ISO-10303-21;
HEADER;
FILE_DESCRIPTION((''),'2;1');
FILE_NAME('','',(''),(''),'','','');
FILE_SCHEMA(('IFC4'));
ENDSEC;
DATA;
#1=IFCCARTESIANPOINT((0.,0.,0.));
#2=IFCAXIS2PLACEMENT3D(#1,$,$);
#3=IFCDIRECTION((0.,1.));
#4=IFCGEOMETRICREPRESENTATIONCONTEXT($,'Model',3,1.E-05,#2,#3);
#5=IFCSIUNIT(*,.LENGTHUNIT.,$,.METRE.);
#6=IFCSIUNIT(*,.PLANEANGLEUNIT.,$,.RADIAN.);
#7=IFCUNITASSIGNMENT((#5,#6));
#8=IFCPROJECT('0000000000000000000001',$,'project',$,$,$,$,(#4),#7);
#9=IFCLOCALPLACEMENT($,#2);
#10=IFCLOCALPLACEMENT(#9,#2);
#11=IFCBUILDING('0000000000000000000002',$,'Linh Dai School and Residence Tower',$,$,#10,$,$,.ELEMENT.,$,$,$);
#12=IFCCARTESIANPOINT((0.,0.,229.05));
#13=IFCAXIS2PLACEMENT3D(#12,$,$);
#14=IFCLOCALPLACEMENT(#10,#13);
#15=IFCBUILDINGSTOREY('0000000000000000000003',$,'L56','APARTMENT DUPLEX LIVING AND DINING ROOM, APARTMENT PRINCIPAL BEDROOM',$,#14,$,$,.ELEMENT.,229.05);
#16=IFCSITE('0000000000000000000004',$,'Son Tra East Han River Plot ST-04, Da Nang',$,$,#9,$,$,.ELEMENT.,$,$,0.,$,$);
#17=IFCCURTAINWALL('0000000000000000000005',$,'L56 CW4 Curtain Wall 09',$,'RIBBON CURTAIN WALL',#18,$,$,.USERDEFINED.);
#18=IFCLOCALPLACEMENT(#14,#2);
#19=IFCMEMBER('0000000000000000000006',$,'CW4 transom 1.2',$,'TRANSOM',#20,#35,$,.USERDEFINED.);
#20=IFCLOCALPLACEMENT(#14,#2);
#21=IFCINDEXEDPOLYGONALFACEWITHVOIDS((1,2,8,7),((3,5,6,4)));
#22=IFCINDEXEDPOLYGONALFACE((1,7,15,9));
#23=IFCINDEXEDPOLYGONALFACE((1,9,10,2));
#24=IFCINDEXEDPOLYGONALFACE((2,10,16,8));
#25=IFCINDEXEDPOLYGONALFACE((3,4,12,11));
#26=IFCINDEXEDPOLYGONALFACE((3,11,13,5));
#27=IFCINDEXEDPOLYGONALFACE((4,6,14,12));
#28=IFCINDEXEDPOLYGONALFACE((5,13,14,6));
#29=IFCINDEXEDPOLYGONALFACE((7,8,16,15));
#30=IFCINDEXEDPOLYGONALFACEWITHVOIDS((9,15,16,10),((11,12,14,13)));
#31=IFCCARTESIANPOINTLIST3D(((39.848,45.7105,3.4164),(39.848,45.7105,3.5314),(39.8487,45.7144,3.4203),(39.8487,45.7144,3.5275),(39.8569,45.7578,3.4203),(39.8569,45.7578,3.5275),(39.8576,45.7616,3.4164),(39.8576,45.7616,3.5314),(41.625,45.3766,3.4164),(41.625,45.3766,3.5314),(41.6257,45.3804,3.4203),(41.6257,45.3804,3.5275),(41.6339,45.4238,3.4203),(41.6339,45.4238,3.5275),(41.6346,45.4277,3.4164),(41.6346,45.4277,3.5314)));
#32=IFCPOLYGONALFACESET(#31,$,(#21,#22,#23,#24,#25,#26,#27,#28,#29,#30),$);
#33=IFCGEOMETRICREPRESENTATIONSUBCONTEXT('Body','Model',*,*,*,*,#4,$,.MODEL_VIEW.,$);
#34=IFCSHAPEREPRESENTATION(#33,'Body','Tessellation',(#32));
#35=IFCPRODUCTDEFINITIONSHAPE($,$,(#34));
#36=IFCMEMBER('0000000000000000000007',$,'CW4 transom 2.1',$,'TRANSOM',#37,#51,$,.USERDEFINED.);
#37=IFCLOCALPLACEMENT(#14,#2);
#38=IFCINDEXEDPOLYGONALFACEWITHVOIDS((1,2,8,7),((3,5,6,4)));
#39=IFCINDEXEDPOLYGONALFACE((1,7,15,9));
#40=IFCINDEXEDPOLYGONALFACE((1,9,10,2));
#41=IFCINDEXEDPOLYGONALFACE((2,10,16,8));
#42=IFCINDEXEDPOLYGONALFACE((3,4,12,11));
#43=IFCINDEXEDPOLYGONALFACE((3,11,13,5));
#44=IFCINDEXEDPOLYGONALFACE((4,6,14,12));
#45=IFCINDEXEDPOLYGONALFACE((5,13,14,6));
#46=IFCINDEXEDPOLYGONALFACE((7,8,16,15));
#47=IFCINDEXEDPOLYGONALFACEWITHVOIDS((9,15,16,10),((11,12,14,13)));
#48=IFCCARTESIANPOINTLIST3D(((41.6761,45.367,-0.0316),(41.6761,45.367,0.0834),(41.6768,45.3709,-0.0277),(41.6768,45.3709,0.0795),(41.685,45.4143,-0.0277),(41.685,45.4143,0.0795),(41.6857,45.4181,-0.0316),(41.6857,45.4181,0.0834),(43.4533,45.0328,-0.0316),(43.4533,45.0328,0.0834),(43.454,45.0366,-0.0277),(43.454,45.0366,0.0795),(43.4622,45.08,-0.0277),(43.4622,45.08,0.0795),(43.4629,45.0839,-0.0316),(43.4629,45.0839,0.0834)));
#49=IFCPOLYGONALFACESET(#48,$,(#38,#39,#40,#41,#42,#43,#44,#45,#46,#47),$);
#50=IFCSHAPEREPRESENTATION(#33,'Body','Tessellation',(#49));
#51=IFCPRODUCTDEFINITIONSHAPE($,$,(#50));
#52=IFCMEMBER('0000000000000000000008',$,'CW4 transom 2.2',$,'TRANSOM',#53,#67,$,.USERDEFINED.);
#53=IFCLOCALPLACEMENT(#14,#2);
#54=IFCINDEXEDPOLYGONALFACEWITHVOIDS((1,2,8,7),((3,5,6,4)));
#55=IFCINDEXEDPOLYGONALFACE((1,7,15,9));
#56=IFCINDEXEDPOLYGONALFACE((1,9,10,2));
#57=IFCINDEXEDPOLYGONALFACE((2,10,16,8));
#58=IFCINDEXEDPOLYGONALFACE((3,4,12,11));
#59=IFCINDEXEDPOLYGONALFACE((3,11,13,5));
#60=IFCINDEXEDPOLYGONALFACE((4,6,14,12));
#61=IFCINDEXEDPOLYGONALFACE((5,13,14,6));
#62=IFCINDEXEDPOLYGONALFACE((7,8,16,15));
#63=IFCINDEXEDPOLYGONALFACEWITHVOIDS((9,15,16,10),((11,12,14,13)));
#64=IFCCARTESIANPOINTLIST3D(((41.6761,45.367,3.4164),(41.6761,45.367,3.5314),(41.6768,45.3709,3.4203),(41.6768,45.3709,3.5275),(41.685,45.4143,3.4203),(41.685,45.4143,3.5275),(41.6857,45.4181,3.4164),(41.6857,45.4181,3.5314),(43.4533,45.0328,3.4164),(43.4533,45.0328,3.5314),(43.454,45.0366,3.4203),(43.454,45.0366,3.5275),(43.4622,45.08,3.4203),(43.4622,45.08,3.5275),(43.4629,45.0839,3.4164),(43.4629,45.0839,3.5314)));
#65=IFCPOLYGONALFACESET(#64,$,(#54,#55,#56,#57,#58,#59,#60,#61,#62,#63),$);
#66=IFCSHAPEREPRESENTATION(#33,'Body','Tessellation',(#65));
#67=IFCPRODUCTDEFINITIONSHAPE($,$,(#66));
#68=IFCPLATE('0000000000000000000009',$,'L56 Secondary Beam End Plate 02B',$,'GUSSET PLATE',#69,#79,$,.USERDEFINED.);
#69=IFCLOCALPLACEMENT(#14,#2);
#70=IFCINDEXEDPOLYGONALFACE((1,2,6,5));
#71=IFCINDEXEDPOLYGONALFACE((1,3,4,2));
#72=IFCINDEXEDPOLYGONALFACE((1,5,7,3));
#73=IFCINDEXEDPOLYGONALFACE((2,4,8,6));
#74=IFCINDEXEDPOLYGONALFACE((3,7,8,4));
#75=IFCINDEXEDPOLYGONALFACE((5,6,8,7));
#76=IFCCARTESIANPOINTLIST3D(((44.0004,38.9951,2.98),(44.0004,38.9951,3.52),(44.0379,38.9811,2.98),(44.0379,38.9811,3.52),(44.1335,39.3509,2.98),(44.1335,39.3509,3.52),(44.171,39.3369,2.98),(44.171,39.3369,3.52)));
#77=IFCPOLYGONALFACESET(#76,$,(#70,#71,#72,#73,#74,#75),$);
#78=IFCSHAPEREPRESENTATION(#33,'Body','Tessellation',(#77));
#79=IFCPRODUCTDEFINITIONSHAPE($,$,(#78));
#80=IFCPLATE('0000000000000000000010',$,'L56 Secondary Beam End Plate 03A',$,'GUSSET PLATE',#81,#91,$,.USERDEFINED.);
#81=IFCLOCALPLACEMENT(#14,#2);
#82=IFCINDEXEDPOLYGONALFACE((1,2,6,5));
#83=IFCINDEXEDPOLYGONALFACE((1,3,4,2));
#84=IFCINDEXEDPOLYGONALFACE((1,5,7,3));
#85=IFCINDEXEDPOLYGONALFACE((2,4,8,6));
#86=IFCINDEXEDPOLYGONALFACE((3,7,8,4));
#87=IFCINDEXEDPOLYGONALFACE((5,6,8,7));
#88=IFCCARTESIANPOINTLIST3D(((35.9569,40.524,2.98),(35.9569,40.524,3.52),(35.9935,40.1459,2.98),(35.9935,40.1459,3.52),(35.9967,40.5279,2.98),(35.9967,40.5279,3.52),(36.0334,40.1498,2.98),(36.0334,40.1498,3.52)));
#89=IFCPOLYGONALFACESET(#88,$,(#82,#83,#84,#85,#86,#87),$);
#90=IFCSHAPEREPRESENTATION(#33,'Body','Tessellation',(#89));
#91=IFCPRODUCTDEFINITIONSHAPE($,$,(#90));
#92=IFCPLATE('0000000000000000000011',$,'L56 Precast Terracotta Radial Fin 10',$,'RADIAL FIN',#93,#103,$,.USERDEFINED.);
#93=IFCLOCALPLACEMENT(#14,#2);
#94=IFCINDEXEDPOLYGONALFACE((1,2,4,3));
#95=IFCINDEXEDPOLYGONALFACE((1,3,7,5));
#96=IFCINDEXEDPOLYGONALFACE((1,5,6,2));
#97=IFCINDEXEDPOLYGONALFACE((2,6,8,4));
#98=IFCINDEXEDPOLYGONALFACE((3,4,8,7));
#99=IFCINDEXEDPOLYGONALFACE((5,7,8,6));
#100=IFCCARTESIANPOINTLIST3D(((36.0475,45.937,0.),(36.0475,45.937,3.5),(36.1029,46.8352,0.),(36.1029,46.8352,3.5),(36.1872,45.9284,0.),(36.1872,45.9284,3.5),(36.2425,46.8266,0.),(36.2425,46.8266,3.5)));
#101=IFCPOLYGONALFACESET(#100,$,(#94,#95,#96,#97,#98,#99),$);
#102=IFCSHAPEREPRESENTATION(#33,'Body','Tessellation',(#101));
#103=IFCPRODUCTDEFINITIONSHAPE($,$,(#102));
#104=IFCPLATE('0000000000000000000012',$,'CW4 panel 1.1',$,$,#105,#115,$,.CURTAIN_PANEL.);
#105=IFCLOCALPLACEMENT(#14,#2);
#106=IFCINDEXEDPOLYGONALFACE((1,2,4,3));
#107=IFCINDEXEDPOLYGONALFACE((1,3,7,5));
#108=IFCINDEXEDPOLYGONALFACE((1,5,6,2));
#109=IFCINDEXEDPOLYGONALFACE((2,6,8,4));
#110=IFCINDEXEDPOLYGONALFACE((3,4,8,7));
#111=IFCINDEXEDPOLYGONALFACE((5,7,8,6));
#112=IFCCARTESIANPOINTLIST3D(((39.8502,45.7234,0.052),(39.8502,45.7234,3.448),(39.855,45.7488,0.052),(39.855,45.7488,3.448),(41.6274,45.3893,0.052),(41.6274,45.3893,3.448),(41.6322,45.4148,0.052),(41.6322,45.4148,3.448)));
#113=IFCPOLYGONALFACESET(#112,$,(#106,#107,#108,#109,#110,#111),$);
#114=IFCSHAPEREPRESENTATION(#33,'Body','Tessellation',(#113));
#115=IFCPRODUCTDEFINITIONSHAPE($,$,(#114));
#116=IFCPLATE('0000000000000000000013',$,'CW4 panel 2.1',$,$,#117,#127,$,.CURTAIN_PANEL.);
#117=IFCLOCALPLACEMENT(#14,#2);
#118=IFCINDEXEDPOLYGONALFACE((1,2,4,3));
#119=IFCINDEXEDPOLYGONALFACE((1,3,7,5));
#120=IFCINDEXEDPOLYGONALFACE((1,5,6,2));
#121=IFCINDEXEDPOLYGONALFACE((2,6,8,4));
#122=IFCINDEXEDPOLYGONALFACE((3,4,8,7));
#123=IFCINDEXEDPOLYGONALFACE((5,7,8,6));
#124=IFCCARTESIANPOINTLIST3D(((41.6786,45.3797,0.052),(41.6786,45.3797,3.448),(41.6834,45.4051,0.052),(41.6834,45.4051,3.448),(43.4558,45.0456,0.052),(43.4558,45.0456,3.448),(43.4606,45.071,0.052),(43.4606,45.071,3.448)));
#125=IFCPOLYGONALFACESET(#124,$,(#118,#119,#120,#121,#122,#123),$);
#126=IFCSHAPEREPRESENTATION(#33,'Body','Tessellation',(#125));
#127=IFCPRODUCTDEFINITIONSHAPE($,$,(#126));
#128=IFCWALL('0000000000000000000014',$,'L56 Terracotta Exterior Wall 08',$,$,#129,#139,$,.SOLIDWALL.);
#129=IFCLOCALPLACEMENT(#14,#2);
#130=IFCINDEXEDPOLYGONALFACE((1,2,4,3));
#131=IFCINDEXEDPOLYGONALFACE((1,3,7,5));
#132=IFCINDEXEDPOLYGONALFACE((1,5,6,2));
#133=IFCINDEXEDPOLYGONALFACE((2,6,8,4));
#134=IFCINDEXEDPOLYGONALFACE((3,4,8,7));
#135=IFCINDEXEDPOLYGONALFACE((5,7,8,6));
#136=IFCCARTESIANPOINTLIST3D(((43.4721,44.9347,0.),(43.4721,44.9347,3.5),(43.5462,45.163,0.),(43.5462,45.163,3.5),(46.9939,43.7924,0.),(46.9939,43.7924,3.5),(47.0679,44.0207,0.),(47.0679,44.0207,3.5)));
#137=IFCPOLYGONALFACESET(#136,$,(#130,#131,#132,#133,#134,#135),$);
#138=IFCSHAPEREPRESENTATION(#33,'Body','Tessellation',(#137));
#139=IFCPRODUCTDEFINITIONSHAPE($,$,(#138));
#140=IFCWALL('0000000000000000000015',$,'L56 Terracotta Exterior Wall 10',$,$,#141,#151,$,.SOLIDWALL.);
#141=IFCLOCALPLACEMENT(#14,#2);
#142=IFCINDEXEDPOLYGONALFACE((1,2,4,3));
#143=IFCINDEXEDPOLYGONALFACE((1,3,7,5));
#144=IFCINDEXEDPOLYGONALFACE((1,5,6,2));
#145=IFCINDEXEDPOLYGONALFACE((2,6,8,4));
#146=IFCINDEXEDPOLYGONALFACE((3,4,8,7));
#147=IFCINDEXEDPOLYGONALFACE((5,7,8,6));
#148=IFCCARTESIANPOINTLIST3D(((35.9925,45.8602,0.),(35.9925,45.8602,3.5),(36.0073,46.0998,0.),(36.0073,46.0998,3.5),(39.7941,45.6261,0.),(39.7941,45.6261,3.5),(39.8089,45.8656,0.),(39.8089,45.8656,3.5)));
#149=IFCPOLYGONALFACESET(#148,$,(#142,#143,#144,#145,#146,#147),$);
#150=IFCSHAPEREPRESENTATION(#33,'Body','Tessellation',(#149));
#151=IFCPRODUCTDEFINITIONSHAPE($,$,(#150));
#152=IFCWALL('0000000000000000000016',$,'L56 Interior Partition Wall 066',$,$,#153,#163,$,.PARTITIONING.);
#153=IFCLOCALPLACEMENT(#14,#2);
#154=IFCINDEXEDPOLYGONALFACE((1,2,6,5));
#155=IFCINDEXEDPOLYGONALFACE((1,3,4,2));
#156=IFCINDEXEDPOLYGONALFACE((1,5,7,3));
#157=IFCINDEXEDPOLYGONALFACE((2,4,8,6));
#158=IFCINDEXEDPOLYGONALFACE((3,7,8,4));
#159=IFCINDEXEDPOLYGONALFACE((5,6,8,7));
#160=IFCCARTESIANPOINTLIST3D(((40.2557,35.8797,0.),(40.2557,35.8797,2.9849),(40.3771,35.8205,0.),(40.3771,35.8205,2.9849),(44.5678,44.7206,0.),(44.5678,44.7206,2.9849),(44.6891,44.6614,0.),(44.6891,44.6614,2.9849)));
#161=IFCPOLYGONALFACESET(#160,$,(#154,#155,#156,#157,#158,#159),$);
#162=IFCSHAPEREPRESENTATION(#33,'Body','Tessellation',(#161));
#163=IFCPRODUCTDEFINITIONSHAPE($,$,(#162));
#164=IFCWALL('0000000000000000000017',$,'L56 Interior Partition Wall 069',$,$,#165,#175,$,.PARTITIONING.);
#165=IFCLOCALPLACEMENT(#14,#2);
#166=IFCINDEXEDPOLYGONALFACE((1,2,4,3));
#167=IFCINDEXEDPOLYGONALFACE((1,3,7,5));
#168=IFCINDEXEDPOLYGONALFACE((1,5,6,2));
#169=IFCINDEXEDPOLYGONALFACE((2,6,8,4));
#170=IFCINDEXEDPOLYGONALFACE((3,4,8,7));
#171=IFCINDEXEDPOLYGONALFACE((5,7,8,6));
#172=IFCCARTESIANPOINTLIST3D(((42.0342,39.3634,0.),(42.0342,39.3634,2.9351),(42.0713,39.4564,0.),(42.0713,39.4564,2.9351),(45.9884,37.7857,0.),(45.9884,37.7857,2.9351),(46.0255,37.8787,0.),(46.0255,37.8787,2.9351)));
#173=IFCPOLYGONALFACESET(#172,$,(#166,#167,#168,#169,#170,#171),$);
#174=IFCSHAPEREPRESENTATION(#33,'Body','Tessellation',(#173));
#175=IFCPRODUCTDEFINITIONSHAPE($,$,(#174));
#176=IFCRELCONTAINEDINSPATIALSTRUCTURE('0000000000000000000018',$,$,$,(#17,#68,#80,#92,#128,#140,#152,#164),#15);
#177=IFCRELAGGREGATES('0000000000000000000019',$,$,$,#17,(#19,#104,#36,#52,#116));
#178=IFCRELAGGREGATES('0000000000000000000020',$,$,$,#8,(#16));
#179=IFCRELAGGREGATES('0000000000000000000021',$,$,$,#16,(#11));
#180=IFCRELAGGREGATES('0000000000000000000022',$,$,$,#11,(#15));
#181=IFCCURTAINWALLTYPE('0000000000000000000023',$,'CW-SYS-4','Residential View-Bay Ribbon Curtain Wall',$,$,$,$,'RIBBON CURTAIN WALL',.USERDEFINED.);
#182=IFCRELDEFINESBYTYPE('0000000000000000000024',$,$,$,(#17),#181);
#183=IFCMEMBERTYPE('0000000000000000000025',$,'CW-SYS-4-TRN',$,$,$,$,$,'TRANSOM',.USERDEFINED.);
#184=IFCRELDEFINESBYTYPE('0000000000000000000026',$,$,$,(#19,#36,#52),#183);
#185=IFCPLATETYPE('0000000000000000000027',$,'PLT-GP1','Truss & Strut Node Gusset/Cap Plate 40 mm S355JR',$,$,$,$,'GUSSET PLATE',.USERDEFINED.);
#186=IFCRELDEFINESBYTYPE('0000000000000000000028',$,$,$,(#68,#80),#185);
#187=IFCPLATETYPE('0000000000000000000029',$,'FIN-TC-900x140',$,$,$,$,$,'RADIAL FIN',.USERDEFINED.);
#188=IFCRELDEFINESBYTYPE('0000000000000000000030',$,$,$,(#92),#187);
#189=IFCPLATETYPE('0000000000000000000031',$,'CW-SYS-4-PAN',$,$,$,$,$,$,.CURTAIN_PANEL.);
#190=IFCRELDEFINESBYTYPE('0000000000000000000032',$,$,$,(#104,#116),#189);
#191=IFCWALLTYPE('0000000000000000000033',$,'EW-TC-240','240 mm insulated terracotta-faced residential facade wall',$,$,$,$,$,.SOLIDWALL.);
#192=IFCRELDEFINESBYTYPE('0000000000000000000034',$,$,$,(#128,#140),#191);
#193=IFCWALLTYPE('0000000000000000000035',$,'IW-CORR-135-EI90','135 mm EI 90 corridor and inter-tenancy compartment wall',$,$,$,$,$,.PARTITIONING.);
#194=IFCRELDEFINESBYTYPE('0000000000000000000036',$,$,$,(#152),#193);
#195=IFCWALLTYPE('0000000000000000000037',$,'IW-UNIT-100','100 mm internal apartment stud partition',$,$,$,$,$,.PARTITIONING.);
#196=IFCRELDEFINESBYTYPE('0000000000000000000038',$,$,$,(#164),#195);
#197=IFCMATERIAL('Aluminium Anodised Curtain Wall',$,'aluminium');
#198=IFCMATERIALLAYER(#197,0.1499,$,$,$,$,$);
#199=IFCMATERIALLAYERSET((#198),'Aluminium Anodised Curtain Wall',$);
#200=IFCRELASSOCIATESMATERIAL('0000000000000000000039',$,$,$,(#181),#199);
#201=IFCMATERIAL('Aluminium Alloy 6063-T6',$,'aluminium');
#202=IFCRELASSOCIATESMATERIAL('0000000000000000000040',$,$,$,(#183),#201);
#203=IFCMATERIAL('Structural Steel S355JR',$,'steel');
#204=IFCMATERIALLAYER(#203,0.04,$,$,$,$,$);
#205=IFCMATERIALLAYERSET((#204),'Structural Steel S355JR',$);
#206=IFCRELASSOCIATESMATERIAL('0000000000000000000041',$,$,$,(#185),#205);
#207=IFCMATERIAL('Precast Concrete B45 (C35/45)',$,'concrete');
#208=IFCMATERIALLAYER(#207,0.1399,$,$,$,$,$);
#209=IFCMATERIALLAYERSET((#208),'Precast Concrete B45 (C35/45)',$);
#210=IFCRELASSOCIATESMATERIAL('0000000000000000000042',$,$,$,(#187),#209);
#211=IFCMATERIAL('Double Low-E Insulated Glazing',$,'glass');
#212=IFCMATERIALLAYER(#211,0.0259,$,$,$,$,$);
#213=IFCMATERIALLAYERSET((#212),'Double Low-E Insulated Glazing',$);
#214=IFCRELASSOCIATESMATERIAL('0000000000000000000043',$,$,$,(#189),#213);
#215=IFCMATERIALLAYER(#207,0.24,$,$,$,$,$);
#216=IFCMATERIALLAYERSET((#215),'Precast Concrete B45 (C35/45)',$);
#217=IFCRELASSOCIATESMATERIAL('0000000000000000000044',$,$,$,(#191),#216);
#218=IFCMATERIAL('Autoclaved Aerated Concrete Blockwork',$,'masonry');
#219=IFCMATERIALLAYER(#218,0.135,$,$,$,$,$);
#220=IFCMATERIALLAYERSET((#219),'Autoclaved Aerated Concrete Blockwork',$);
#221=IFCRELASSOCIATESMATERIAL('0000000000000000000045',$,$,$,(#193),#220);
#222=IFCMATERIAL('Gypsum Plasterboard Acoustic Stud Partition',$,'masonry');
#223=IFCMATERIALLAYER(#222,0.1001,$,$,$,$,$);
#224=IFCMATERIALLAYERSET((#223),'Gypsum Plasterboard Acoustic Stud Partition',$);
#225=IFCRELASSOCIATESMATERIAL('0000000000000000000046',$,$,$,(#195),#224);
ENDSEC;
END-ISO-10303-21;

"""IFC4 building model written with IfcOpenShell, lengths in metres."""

from ifc_helpers import new_model, si_unit, direction, frame, frame_2d, origin, origin_2d, place, context, subcontext, project, spatial, rectangle, hollow_rectangle, extrude, source, transform, mapped, material, layer, layer_set, material_profile, profile_set, type_object, element, aggregate, save


model = new_model("IFC4")

# Units and contexts
model_context = context("Model", 3, precision=1e-05, world=origin(), true_north=direction((0.0, 1.0)))
body_context = subcontext(model_context, "Body", "Model", "MODEL_VIEW")
ifc_project = project(units=[si_unit("LENGTHUNIT", "METRE"), si_unit("PLANEANGLEUNIT", "RADIAN")], contexts=[model_context])

# Site, building, storey
site_placement = place(None, origin())
site = spatial("IfcSite", under=ifc_project, at=site_placement, Name="Son Tra East Han River Plot ST-04, Da Nang", CompositionType="ELEMENT", RefElevation=0.0)
building_placement = place(site_placement, origin())
building = spatial("IfcBuilding", under=site, at=building_placement, Name="Linh Dai School and Residence Tower", CompositionType="ELEMENT")
storey_placement = place(building_placement, frame((0.0, 0.0, 229.05)))
storey = spatial("IfcBuildingStorey", under=building, at=storey_placement, Name="L56", Description="APARTMENT DUPLEX LIVING AND DINING ROOM, APARTMENT PRINCIPAL BEDROOM", CompositionType="ELEMENT", Elevation=229.05)

# Shared definitions
ifc_material_1 = material(Name="Structural Steel S355JR", Category="steel")

# Curtain wall, members
ifc_material_2 = material(Name="Aluminium Anodised Curtain Wall", Category="aluminium")
ifc_layer_1 = layer(ifc_material_2, 0.1499)
ifc_layer_set_1 = layer_set([ifc_layer_1], Name="Aluminium Anodised Curtain Wall")
curtain_wall_type = type_object("IfcCurtainWallType", Name="CW-SYS-4", Description="Residential View-Bay Ribbon Curtain Wall", ElementType="RIBBON CURTAIN WALL", PredefinedType="USERDEFINED", material=ifc_layer_set_1)
curtain_wall_placement = place(storey_placement, origin())
curtain_wall = element("IfcCurtainWall", 1, at=curtain_wall_placement, inside=storey, type_object=curtain_wall_type, Name="L56 CW4 Curtain Wall 09", ObjectType="RIBBON CURTAIN WALL", PredefinedType="USERDEFINED")
ifc_material_3 = material(Name="Aluminium Alloy 6063-T6", Category="aluminium")
ifc_material_profile_1 = material_profile(ifc_material_3, hollow_rectangle(XDim=0.052, YDim=0.115, WallThickness=0.0039, at=origin_2d()), Name="RHS 115x52x4")
ifc_profile_set_1 = profile_set([ifc_material_profile_1], Name="Aluminium Alloy 6063-T6")
member_type_1 = type_object("IfcMemberType", Name="CW-SYS-4-TRN", ElementType="TRANSOM", PredefinedType="USERDEFINED", material=ifc_profile_set_1)
shared_shape_1 = source(origin(), body_context, "Body", "SweptSolid", [
    extrude(hollow_rectangle(XDim=0.052, YDim=0.115, WallThickness=0.0039, at=origin_2d()), origin(), (0.0, 0.0, 1.0), 1.8081),
])
member_1_placement = place(storey_placement, frame((39.8528, 45.7361, 3.4739), z_axis=(0.982794, -0.184704, 0.0), x_axis=(0.184704, 0.982794, 0.0)))
member_1 = element("IfcMember", 2, at=member_1_placement, type_object=member_type_1, Name="CW4 transom 1.2", ObjectType="TRANSOM", PredefinedType="USERDEFINED", context=body_context, shape_type="MappedRepresentation", body=[
    mapped(shared_shape_1, transform((0.0, 0.0, 0.0), x_axis=(1.0, 0.0, 0.0), y_axis=(0.0, 1.0, 0.0), z_axis=(0.0, 0.0, 1.0), scale=1.0)),
])
shared_shape_2 = source(origin(), body_context, "Body", "SweptSolid", [
    extrude(hollow_rectangle(XDim=0.052, YDim=0.115, WallThickness=0.0039, at=origin_2d()), origin(), (0.0, 0.0, 1.0), 1.8083),
])
member_2_placement = place(storey_placement, frame((41.6809, 45.3926, 0.0259), z_axis=(0.98277, -0.184835, 0.0), x_axis=(0.184835, 0.98277, 0.0)))
member_2 = element("IfcMember", 3, at=member_2_placement, type_object=member_type_1, Name="CW4 transom 2.1", ObjectType="TRANSOM", PredefinedType="USERDEFINED", context=body_context, shape_type="MappedRepresentation", body=[
    mapped(shared_shape_2, transform((0.0, 0.0, 0.0), x_axis=(1.0, 0.0, 0.0), y_axis=(0.0, 1.0, 0.0), z_axis=(0.0, 0.0, 1.0), scale=1.0)),
])
member_3_placement = place(storey_placement, frame((41.6809, 45.3926, 3.4739), z_axis=(0.98277, -0.184835, 0.0), x_axis=(0.184835, 0.98277, 0.0)))
member_3 = element("IfcMember", 4, at=member_3_placement, type_object=member_type_1, Name="CW4 transom 2.2", ObjectType="TRANSOM", PredefinedType="USERDEFINED", context=body_context, shape_type="MappedRepresentation", body=[
    mapped(shared_shape_2, transform((0.0, 0.0, 0.0), x_axis=(1.0, 0.0, 0.0), y_axis=(0.0, 1.0, 0.0), z_axis=(0.0, 0.0, 1.0), scale=1.0)),
])

# Plates
ifc_layer_2 = layer(ifc_material_1, 0.04)
ifc_layer_set_2 = layer_set([ifc_layer_2], Name="Structural Steel S355JR")
plate_type_1 = type_object("IfcPlateType", Name="PLT-GP1", Description="Truss & Strut Node Gusset/Cap Plate 40 mm S355JR", ElementType="GUSSET PLATE", PredefinedType="USERDEFINED", material=ifc_layer_set_2)
shared_shape_3 = source(origin(), body_context, "Body", "SweptSolid", [
    extrude(rectangle(XDim=0.04, YDim=0.3799, at=origin_2d()), origin(), (0.0, 0.0, 1.0), 0.54),
])
for number, where, z_axis, x_axis, name in (
    (5, (44.0857, 39.166, 2.98), (0.0, 0.0, 1.0), (-0.936534, 0.350577, 0.0), "L56 Secondary Beam End Plate 02B"),
    (6, (35.9951, 40.3369, 2.98), (0.0, 0.0, 1.0), (-0.995333, -0.096497, 0.0), "L56 Secondary Beam End Plate 03A"),
):
    element("IfcPlate", number, at=place(storey_placement, frame(where, z_axis=z_axis, x_axis=x_axis)), inside=storey, type_object=plate_type_1, Name=name, ObjectType="GUSSET PLATE", PredefinedType="USERDEFINED", context=body_context, shape_type="MappedRepresentation", body=[
        mapped(shared_shape_3, transform((0.0, 0.0, 0.0), x_axis=(1.0, 0.0, 0.0), y_axis=(0.0, 1.0, 0.0), z_axis=(0.0, 0.0, 1.0), scale=1.0)),
    ])
ifc_material_4 = material(Name="Precast Concrete B45 (C35/45)", Category="concrete")
ifc_layer_3 = layer(ifc_material_4, 0.1399)
ifc_layer_set_3 = layer_set([ifc_layer_3], Name="Precast Concrete B45 (C35/45)")
plate_type_2 = type_object("IfcPlateType", Name="FIN-TC-900x140", ElementType="RADIAL FIN", PredefinedType="USERDEFINED", material=ifc_layer_set_3)
shared_shape_4 = source(origin(), body_context, "Body", "SweptSolid", [
    extrude(rectangle(XDim=0.8999, YDim=0.1399, at=origin_2d()), origin(), (0.0, 0.0, 1.0), 3.5),
])
plate_1_placement = place(storey_placement, frame((36.145, 46.3818, 0.0), z_axis=(0.0, 0.0, 1.0), x_axis=(0.061504, 0.998107, 0.0)))
element("IfcPlate", 7, at=plate_1_placement, inside=storey, type_object=plate_type_2, Name="L56 Precast Terracotta Radial Fin 10", ObjectType="RADIAL FIN", PredefinedType="USERDEFINED", context=body_context, shape_type="MappedRepresentation", body=[
    mapped(shared_shape_4, transform((0.0, 0.0, 0.0), x_axis=(1.0, 0.0, 0.0), y_axis=(0.0, 1.0, 0.0), z_axis=(0.0, 0.0, 1.0), scale=1.0)),
])

# Plates
ifc_material_5 = material(Name="Double Low-E Insulated Glazing", Category="glass")
ifc_layer_4 = layer(ifc_material_5, 0.0259)
ifc_layer_set_4 = layer_set([ifc_layer_4], Name="Double Low-E Insulated Glazing")
plate_type_3 = type_object("IfcPlateType", Name="CW-SYS-4-PAN", PredefinedType="CURTAIN_PANEL", material=ifc_layer_set_4)
shared_shape_5 = source(origin(), body_context, "Body", "SweptSolid", [
    extrude(rectangle(XDim=1.8083, YDim=0.0259, at=origin_2d()), origin(), (0.0, 0.0, 1.0), 3.396),
])
plate_2_placement = place(storey_placement, frame((40.7412, 45.5691, 0.052), z_axis=(0.0, 0.0, 1.0), x_axis=(0.982787, -0.184744, 0.0)))
plate_2 = element("IfcPlate", 8, at=plate_2_placement, type_object=plate_type_3, Name="CW4 panel 1.1", PredefinedType="CURTAIN_PANEL", context=body_context, shape_type="MappedRepresentation", body=[
    mapped(shared_shape_5, transform((0.0, 0.0, 0.0), x_axis=(1.0, 0.0, 0.0), y_axis=(0.0, 1.0, 0.0), z_axis=(0.0, 0.0, 1.0), scale=1.0)),
])
plate_3_placement = place(storey_placement, frame((42.5696, 45.2253, 0.052), z_axis=(0.0, 0.0, 1.0), x_axis=(0.982787, -0.184744, 0.0)))
plate_3 = element("IfcPlate", 9, at=plate_3_placement, type_object=plate_type_3, Name="CW4 panel 2.1", PredefinedType="CURTAIN_PANEL", context=body_context, shape_type="MappedRepresentation", body=[
    mapped(shared_shape_5, transform((0.0, 0.0, 0.0), x_axis=(1.0, 0.0, 0.0), y_axis=(0.0, 1.0, 0.0), z_axis=(0.0, 0.0, 1.0), scale=1.0)),
])
aggregate(curtain_wall, [member_1, plate_2, member_2, member_3, plate_3])

# Walls
ifc_layer_5 = layer(ifc_material_4, 0.24)
ifc_layer_set_5 = layer_set([ifc_layer_5], Name="Precast Concrete B45 (C35/45)")
wall_type_1 = type_object("IfcWallType", Name="EW-TC-240", Description="240 mm insulated terracotta-faced residential facade wall", PredefinedType="SOLIDWALL", material=ifc_layer_set_5)
wall_1_placement = place(storey_placement, frame((43.5093, 45.0488, 0.0), z_axis=(0.0, 0.0, 1.0), x_axis=(0.951211, -0.308542, 0.0)))
element("IfcWall", 10, at=wall_1_placement, inside=storey, type_object=wall_type_1, Name="L56 Terracotta Exterior Wall 08", PredefinedType="SOLIDWALL", context=body_context, shape_type="SweptSolid", body=[
    extrude(rectangle(XDim=3.7024, YDim=0.24, at=frame_2d((1.8511, 0.0))), origin(), (0.0, 0.0, 1.0), 3.5),
])
wall_2_placement = place(storey_placement, frame((36.0, 45.98, 0.0), z_axis=(0.0, 0.0, 1.0), x_axis=(0.998109, -0.061472, 0.0)))
element("IfcWall", 11, at=wall_2_placement, inside=storey, type_object=wall_type_1, Name="L56 Terracotta Exterior Wall 10", PredefinedType="SOLIDWALL", context=body_context, shape_type="SweptSolid", body=[
    extrude(rectangle(XDim=3.8088, YDim=0.24, at=frame_2d((1.9043, 0.0))), origin(), (0.0, 0.0, 1.0), 3.5),
])
ifc_material_6 = material(Name="Autoclaved Aerated Concrete Blockwork", Category="masonry")
ifc_layer_6 = layer(ifc_material_6, 0.135)
ifc_layer_set_6 = layer_set([ifc_layer_6], Name="Autoclaved Aerated Concrete Blockwork")
wall_type_2 = type_object("IfcWallType", Name="IW-CORR-135-EI90", Description="135 mm EI 90 corridor and inter-tenancy compartment wall", PredefinedType="PARTITIONING", material=ifc_layer_set_6)
wall_3_placement = place(storey_placement, frame((40.3164, 35.8501, 0.0), z_axis=(0.0, 0.0, 1.0), x_axis=(0.438376, 0.898792, 0.0)))
element("IfcWall", 12, at=wall_3_placement, inside=storey, type_object=wall_type_2, Name="L56 Interior Partition Wall 066", PredefinedType="PARTITIONING", context=body_context, shape_type="SweptSolid", body=[
    extrude(rectangle(XDim=9.8364, YDim=0.135, at=frame_2d((4.9182, 0.0))), origin(), (0.0, 0.0, 1.0), 2.9849),
])
ifc_material_7 = material(Name="Gypsum Plasterboard Acoustic Stud Partition", Category="masonry")
ifc_layer_7 = layer(ifc_material_7, 0.1001)
ifc_layer_set_7 = layer_set([ifc_layer_7], Name="Gypsum Plasterboard Acoustic Stud Partition")
wall_type_3 = type_object("IfcWallType", Name="IW-UNIT-100", Description="100 mm internal apartment stud partition", PredefinedType="PARTITIONING", material=ifc_layer_set_7)
wall_4_placement = place(storey_placement, frame((42.0527, 39.4099, 0.0), z_axis=(0.0, 0.0, 1.0), x_axis=(0.928801, -0.37058, 0.0)))
element("IfcWall", 13, at=wall_4_placement, inside=storey, type_object=wall_type_3, Name="L56 Interior Partition Wall 069", PredefinedType="PARTITIONING", context=body_context, shape_type="SweptSolid", body=[
    extrude(rectangle(XDim=4.2573, YDim=0.1001, at=frame_2d((2.1287, 0.0))), origin(), (0.0, 0.0, 1.0), 2.9351),
])

save(model, "model.ifc")
